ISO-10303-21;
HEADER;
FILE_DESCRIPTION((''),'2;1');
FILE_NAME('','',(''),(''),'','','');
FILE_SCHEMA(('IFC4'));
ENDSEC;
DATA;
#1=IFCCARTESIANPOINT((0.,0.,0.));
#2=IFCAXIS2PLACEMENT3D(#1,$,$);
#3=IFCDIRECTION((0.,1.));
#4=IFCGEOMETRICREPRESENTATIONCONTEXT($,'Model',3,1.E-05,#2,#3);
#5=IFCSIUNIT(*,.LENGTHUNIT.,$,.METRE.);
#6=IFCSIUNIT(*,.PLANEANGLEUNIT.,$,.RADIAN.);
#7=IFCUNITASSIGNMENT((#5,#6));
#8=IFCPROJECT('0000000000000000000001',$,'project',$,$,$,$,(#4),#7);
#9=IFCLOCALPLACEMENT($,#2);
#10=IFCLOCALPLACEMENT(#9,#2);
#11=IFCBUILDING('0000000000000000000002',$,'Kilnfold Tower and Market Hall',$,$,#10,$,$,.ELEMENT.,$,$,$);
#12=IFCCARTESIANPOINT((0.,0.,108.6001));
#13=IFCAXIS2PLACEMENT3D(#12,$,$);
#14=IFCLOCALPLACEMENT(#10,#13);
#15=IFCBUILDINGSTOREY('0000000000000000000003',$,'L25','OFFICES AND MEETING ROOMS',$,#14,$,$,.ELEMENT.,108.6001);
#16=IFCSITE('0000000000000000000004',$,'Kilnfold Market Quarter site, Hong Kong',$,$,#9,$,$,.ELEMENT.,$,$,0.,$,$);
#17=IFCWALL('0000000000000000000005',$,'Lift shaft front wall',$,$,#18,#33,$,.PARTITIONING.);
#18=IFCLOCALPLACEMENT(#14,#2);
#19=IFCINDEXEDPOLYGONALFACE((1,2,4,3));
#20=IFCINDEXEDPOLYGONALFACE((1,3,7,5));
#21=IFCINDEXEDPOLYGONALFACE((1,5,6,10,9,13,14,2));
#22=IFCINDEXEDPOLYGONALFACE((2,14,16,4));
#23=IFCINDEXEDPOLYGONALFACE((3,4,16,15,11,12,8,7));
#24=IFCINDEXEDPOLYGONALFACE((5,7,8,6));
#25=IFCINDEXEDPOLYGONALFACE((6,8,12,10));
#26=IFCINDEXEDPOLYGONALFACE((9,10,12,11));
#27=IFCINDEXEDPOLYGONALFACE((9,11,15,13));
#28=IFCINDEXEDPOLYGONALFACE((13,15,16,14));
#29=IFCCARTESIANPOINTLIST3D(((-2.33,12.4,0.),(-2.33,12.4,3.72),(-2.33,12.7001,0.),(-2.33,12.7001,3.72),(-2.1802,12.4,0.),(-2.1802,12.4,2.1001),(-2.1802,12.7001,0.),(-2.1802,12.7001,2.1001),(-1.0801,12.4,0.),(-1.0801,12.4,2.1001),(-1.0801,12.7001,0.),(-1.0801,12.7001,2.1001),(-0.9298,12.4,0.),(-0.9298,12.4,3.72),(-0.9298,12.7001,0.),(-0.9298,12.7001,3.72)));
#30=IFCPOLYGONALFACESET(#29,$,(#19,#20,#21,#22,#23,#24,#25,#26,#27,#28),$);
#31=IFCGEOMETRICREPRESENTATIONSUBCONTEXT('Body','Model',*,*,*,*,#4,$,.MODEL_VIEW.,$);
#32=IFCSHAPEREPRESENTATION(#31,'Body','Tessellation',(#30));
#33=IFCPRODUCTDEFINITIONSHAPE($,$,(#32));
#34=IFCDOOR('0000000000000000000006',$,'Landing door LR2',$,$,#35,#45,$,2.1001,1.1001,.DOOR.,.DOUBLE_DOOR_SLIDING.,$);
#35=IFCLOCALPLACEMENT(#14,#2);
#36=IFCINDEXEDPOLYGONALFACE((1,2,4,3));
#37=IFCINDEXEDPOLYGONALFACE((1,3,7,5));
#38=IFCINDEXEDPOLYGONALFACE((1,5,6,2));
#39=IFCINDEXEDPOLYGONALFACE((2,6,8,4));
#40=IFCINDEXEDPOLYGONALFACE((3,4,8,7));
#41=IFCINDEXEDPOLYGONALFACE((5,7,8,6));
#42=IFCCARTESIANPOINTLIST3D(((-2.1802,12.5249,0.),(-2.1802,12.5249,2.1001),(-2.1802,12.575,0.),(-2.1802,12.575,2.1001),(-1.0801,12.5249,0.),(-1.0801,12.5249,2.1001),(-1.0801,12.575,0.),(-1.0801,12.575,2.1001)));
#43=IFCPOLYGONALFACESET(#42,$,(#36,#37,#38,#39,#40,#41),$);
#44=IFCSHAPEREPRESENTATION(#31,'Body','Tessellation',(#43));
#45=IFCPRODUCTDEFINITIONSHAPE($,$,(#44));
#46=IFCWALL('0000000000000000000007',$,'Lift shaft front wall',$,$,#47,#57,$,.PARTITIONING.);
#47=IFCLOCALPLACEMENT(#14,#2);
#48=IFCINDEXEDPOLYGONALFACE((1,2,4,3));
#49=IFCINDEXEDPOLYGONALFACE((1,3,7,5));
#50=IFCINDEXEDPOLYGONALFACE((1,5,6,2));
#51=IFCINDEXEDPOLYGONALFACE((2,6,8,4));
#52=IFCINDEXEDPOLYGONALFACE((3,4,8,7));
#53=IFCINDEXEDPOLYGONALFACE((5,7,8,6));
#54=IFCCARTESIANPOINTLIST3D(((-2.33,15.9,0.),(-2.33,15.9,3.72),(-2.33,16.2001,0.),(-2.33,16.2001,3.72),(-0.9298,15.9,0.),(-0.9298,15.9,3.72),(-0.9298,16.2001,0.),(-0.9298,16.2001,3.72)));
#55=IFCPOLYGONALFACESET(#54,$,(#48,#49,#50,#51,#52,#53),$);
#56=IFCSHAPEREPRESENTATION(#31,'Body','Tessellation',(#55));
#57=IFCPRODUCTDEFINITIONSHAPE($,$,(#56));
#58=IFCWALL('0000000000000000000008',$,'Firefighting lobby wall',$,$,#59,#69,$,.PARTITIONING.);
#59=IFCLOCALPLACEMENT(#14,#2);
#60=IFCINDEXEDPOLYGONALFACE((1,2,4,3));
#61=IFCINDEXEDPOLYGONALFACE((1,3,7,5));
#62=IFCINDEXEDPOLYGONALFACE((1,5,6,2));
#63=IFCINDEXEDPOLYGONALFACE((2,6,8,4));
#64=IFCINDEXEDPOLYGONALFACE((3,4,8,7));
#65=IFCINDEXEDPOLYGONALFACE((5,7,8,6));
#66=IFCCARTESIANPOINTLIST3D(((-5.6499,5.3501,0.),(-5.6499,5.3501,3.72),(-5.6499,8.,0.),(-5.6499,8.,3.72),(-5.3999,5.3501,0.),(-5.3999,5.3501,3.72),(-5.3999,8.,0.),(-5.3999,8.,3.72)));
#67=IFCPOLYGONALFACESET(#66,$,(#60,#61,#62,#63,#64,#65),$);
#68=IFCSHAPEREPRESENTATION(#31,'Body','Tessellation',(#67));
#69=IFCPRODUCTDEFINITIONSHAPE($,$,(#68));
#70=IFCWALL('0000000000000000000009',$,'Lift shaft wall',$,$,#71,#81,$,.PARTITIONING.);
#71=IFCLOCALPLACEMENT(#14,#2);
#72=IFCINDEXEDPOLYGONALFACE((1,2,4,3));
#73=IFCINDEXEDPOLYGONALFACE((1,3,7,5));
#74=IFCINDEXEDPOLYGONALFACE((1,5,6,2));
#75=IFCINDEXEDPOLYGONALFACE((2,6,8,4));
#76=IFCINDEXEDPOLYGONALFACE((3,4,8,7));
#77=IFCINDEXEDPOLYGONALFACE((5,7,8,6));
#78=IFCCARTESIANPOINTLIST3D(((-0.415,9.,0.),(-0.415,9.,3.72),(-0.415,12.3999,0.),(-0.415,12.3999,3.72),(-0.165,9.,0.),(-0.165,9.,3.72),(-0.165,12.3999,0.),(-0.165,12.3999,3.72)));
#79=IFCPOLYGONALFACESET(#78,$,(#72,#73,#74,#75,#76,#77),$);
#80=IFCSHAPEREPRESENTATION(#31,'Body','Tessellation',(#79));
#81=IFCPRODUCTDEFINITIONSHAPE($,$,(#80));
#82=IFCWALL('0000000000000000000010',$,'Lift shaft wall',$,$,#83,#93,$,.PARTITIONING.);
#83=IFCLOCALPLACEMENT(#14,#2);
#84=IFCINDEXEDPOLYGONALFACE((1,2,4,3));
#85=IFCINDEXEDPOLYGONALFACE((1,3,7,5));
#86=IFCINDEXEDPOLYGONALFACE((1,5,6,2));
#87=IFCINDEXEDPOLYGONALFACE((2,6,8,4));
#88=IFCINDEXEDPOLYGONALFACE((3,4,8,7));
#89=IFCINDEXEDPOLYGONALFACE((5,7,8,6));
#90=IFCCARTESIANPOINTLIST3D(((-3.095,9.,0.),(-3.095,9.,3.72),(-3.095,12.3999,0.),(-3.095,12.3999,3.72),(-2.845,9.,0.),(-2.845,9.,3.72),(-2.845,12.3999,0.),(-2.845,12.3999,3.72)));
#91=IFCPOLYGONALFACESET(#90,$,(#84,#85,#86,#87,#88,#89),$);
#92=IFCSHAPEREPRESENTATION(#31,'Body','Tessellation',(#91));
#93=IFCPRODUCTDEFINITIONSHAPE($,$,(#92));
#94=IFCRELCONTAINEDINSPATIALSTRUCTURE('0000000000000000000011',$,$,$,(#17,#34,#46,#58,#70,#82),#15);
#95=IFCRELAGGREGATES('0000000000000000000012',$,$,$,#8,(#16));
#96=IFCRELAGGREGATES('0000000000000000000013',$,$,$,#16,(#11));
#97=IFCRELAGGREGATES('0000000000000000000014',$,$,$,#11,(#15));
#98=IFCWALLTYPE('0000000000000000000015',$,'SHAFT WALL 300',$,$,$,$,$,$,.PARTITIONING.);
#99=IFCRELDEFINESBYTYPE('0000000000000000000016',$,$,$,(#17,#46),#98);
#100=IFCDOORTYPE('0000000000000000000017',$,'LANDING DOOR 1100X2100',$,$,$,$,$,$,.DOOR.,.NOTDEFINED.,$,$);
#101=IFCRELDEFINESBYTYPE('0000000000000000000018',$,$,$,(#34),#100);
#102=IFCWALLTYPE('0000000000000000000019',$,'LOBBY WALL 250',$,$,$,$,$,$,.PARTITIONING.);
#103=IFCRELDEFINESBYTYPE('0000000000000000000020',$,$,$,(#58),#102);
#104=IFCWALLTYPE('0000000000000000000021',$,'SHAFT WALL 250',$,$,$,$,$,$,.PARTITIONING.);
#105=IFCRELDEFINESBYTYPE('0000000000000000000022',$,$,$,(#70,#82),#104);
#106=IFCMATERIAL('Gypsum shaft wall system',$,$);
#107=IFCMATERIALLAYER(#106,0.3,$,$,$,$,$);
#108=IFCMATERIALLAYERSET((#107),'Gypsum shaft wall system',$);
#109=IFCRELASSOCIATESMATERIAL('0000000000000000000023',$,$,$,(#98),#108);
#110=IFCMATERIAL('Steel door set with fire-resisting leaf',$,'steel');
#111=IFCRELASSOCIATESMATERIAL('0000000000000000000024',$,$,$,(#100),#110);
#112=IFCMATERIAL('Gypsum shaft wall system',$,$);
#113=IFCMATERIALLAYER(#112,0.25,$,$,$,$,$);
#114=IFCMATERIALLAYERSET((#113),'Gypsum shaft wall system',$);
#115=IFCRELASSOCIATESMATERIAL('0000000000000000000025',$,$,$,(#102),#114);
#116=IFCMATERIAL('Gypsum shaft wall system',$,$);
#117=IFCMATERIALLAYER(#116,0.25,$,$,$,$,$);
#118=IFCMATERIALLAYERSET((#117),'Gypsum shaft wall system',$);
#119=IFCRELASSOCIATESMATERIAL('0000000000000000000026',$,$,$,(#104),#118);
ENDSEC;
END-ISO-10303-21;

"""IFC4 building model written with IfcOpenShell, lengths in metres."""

from ifc_helpers import new_model, si_unit, direction, frame, frame_2d, origin, place, context, subcontext, project, spatial, rectangle, extrude, source, transform, mapped, material, layer, layer_set, type_object, element, fill, save


model = new_model("IFC4")

# Units and contexts
model_context = context("Model", 3, precision=1e-05, world=origin(), true_north=direction((0.0, 1.0)))
body_context = subcontext(model_context, "Body", "Model", "MODEL_VIEW")
ifc_project = project(units=[si_unit("LENGTHUNIT", "METRE"), si_unit("PLANEANGLEUNIT", "RADIAN")], contexts=[model_context])

# Site, building, storey
site_placement = place(None, origin())
site = spatial("IfcSite", under=ifc_project, at=site_placement, Name="Kilnfold Market Quarter site, Hong Kong", CompositionType="ELEMENT", RefElevation=0.0)
building_placement = place(site_placement, origin())
building = spatial("IfcBuilding", under=site, at=building_placement, Name="Kilnfold Tower and Market Hall", CompositionType="ELEMENT")
storey_placement = place(building_placement, frame((0.0, 0.0, 108.6001)))
storey = spatial("IfcBuildingStorey", under=building, at=storey_placement, Name="L25", Description="OFFICES AND MEETING ROOMS", CompositionType="ELEMENT", Elevation=108.6001)

# Shared definitions
ifc_material_1 = material(Name="Gypsum shaft wall system")
ifc_layer_1 = layer(ifc_material_1, 0.3)
ifc_layer_set_1 = layer_set([ifc_layer_1], Name="Gypsum shaft wall system")
wall_type_1 = type_object("IfcWallType", Name="SHAFT WALL 300", PredefinedType="PARTITIONING", material=ifc_layer_set_1)
ifc_material_2 = material(Name="Steel door set with fire-resisting leaf", Category="steel")
door_type_1 = type_object("IfcDoorType", Name="LANDING DOOR 1100X2100", OperationType="NOTDEFINED", PredefinedType="DOOR", material=ifc_material_2)

# Wall, opening, door
shared_shape_1 = source(origin(), body_context, "Body", "SweptSolid", [
    extrude(rectangle(XDim=1.4001, YDim=0.3, at=frame_2d((0.7002, 0.0))), origin(), (0.0, 0.0, 1.0), 3.72),
])
wall_1_placement = place(storey_placement, frame((-2.3301, 12.55, 0.0), z_axis=(0.0, 0.0, 1.0), x_axis=(1.0, 0.0, 0.0)))
wall_1 = element("IfcWall", 1, at=wall_1_placement, inside=storey, type_object=wall_type_1, Name="Lift shaft front wall", PredefinedType="PARTITIONING", context=body_context, shape_type="MappedRepresentation", body=[
    mapped(shared_shape_1, transform((0.0, 0.0, 0.0))),
])
opening_1_placement = place(wall_1_placement, frame((0.1499, 0.0, 0.0)))
opening_1 = element("IfcOpeningElement", 2, at=opening_1_placement, cuts=wall_1, PredefinedType="OPENING", context=body_context, shape_type="SweptSolid", body=[
    extrude(rectangle(XDim=1.1001, YDim=2.1001, at=frame_2d((0.55, 1.05))), frame((0.0, 0.1602, 0.0), z_axis=(0.0, -1.0, 0.0), x_axis=(1.0, 0.0, 0.0)), (0.0, 0.0, 1.0), 0.3201),
])
door_1_placement = place(opening_1_placement, origin())
door_1 = element("IfcDoor", 3, at=door_1_placement, inside=storey, type_object=door_type_1, Name="Landing door LR2", OperationType="DOUBLE_DOOR_SLIDING", OverallHeight=2.1001, OverallWidth=1.1001, PredefinedType="DOOR", context=body_context, shape_type="SweptSolid", body=[
    extrude(rectangle(XDim=1.1001, YDim=2.1001, at=frame_2d((0.55, 1.05))), frame((0.0, 0.0249, 0.0), z_axis=(0.0, -1.0, 0.0), x_axis=(1.0, 0.0, 0.0)), (0.0, 0.0, 1.0), 0.05),
])
fill(opening_1, door_1)

# Walls
wall_2_placement = place(storey_placement, frame((-2.3301, 16.05, 0.0), z_axis=(0.0, 0.0, 1.0), x_axis=(1.0, 0.0, 0.0)))
element("IfcWall", 4, at=wall_2_placement, inside=storey, type_object=wall_type_1, Name="Lift shaft front wall", PredefinedType="PARTITIONING", context=body_context, shape_type="MappedRepresentation", body=[
    mapped(shared_shape_1, transform((0.0, 0.0, 0.0))),
])
ifc_material_3 = material(Name="Gypsum shaft wall system")
ifc_layer_2 = layer(ifc_material_3, 0.25)
ifc_layer_set_2 = layer_set([ifc_layer_2], Name="Gypsum shaft wall system")
wall_type_2 = type_object("IfcWallType", Name="LOBBY WALL 250", PredefinedType="PARTITIONING", material=ifc_layer_set_2)
shared_shape_2 = source(origin(), body_context, "Body", "SweptSolid", [
    extrude(rectangle(XDim=2.6499, YDim=0.25, at=frame_2d((1.325, 0.0))), origin(), (0.0, 0.0, 1.0), 3.72),
])
wall_3_placement = place(storey_placement, frame((-5.5249, 5.3501, 0.0), z_axis=(0.0, 0.0, 1.0), x_axis=(0.0, 1.0, 0.0)))
element("IfcWall", 5, at=wall_3_placement, inside=storey, type_object=wall_type_2, Name="Firefighting lobby wall", PredefinedType="PARTITIONING", context=body_context, shape_type="MappedRepresentation", body=[
    mapped(shared_shape_2, transform((0.0, 0.0, 0.0))),
])
ifc_material_4 = material(Name="Gypsum shaft wall system")
ifc_layer_3 = layer(ifc_material_4, 0.25)
ifc_layer_set_3 = layer_set([ifc_layer_3], Name="Gypsum shaft wall system")
wall_type_3 = type_object("IfcWallType", Name="SHAFT WALL 250", PredefinedType="PARTITIONING", material=ifc_layer_set_3)
shared_shape_3 = source(origin(), body_context, "Body", "SweptSolid", [
    extrude(rectangle(XDim=3.3999, YDim=0.25, at=frame_2d((1.7, 0.0))), origin(), (0.0, 0.0, 1.0), 3.72),
])
for number, where, z_axis, x_axis, name in (
    (6, (-0.29, 9.0, 0.0), (0.0, 0.0, 1.0), (0.0, 1.0, 0.0), "Lift shaft wall"),
    (7, (-2.97, 9.0, 0.0), (0.0, 0.0, 1.0), (0.0, 1.0, 0.0), "Lift shaft wall"),
):
    element("IfcWall", number, at=place(storey_placement, frame(where, z_axis=z_axis, x_axis=x_axis)), inside=storey, type_object=wall_type_3, Name=name, PredefinedType="PARTITIONING", context=body_context, shape_type="MappedRepresentation", body=[
        mapped(shared_shape_3, transform((0.0, 0.0, 0.0))),
    ])

save(model, "model.ifc")
